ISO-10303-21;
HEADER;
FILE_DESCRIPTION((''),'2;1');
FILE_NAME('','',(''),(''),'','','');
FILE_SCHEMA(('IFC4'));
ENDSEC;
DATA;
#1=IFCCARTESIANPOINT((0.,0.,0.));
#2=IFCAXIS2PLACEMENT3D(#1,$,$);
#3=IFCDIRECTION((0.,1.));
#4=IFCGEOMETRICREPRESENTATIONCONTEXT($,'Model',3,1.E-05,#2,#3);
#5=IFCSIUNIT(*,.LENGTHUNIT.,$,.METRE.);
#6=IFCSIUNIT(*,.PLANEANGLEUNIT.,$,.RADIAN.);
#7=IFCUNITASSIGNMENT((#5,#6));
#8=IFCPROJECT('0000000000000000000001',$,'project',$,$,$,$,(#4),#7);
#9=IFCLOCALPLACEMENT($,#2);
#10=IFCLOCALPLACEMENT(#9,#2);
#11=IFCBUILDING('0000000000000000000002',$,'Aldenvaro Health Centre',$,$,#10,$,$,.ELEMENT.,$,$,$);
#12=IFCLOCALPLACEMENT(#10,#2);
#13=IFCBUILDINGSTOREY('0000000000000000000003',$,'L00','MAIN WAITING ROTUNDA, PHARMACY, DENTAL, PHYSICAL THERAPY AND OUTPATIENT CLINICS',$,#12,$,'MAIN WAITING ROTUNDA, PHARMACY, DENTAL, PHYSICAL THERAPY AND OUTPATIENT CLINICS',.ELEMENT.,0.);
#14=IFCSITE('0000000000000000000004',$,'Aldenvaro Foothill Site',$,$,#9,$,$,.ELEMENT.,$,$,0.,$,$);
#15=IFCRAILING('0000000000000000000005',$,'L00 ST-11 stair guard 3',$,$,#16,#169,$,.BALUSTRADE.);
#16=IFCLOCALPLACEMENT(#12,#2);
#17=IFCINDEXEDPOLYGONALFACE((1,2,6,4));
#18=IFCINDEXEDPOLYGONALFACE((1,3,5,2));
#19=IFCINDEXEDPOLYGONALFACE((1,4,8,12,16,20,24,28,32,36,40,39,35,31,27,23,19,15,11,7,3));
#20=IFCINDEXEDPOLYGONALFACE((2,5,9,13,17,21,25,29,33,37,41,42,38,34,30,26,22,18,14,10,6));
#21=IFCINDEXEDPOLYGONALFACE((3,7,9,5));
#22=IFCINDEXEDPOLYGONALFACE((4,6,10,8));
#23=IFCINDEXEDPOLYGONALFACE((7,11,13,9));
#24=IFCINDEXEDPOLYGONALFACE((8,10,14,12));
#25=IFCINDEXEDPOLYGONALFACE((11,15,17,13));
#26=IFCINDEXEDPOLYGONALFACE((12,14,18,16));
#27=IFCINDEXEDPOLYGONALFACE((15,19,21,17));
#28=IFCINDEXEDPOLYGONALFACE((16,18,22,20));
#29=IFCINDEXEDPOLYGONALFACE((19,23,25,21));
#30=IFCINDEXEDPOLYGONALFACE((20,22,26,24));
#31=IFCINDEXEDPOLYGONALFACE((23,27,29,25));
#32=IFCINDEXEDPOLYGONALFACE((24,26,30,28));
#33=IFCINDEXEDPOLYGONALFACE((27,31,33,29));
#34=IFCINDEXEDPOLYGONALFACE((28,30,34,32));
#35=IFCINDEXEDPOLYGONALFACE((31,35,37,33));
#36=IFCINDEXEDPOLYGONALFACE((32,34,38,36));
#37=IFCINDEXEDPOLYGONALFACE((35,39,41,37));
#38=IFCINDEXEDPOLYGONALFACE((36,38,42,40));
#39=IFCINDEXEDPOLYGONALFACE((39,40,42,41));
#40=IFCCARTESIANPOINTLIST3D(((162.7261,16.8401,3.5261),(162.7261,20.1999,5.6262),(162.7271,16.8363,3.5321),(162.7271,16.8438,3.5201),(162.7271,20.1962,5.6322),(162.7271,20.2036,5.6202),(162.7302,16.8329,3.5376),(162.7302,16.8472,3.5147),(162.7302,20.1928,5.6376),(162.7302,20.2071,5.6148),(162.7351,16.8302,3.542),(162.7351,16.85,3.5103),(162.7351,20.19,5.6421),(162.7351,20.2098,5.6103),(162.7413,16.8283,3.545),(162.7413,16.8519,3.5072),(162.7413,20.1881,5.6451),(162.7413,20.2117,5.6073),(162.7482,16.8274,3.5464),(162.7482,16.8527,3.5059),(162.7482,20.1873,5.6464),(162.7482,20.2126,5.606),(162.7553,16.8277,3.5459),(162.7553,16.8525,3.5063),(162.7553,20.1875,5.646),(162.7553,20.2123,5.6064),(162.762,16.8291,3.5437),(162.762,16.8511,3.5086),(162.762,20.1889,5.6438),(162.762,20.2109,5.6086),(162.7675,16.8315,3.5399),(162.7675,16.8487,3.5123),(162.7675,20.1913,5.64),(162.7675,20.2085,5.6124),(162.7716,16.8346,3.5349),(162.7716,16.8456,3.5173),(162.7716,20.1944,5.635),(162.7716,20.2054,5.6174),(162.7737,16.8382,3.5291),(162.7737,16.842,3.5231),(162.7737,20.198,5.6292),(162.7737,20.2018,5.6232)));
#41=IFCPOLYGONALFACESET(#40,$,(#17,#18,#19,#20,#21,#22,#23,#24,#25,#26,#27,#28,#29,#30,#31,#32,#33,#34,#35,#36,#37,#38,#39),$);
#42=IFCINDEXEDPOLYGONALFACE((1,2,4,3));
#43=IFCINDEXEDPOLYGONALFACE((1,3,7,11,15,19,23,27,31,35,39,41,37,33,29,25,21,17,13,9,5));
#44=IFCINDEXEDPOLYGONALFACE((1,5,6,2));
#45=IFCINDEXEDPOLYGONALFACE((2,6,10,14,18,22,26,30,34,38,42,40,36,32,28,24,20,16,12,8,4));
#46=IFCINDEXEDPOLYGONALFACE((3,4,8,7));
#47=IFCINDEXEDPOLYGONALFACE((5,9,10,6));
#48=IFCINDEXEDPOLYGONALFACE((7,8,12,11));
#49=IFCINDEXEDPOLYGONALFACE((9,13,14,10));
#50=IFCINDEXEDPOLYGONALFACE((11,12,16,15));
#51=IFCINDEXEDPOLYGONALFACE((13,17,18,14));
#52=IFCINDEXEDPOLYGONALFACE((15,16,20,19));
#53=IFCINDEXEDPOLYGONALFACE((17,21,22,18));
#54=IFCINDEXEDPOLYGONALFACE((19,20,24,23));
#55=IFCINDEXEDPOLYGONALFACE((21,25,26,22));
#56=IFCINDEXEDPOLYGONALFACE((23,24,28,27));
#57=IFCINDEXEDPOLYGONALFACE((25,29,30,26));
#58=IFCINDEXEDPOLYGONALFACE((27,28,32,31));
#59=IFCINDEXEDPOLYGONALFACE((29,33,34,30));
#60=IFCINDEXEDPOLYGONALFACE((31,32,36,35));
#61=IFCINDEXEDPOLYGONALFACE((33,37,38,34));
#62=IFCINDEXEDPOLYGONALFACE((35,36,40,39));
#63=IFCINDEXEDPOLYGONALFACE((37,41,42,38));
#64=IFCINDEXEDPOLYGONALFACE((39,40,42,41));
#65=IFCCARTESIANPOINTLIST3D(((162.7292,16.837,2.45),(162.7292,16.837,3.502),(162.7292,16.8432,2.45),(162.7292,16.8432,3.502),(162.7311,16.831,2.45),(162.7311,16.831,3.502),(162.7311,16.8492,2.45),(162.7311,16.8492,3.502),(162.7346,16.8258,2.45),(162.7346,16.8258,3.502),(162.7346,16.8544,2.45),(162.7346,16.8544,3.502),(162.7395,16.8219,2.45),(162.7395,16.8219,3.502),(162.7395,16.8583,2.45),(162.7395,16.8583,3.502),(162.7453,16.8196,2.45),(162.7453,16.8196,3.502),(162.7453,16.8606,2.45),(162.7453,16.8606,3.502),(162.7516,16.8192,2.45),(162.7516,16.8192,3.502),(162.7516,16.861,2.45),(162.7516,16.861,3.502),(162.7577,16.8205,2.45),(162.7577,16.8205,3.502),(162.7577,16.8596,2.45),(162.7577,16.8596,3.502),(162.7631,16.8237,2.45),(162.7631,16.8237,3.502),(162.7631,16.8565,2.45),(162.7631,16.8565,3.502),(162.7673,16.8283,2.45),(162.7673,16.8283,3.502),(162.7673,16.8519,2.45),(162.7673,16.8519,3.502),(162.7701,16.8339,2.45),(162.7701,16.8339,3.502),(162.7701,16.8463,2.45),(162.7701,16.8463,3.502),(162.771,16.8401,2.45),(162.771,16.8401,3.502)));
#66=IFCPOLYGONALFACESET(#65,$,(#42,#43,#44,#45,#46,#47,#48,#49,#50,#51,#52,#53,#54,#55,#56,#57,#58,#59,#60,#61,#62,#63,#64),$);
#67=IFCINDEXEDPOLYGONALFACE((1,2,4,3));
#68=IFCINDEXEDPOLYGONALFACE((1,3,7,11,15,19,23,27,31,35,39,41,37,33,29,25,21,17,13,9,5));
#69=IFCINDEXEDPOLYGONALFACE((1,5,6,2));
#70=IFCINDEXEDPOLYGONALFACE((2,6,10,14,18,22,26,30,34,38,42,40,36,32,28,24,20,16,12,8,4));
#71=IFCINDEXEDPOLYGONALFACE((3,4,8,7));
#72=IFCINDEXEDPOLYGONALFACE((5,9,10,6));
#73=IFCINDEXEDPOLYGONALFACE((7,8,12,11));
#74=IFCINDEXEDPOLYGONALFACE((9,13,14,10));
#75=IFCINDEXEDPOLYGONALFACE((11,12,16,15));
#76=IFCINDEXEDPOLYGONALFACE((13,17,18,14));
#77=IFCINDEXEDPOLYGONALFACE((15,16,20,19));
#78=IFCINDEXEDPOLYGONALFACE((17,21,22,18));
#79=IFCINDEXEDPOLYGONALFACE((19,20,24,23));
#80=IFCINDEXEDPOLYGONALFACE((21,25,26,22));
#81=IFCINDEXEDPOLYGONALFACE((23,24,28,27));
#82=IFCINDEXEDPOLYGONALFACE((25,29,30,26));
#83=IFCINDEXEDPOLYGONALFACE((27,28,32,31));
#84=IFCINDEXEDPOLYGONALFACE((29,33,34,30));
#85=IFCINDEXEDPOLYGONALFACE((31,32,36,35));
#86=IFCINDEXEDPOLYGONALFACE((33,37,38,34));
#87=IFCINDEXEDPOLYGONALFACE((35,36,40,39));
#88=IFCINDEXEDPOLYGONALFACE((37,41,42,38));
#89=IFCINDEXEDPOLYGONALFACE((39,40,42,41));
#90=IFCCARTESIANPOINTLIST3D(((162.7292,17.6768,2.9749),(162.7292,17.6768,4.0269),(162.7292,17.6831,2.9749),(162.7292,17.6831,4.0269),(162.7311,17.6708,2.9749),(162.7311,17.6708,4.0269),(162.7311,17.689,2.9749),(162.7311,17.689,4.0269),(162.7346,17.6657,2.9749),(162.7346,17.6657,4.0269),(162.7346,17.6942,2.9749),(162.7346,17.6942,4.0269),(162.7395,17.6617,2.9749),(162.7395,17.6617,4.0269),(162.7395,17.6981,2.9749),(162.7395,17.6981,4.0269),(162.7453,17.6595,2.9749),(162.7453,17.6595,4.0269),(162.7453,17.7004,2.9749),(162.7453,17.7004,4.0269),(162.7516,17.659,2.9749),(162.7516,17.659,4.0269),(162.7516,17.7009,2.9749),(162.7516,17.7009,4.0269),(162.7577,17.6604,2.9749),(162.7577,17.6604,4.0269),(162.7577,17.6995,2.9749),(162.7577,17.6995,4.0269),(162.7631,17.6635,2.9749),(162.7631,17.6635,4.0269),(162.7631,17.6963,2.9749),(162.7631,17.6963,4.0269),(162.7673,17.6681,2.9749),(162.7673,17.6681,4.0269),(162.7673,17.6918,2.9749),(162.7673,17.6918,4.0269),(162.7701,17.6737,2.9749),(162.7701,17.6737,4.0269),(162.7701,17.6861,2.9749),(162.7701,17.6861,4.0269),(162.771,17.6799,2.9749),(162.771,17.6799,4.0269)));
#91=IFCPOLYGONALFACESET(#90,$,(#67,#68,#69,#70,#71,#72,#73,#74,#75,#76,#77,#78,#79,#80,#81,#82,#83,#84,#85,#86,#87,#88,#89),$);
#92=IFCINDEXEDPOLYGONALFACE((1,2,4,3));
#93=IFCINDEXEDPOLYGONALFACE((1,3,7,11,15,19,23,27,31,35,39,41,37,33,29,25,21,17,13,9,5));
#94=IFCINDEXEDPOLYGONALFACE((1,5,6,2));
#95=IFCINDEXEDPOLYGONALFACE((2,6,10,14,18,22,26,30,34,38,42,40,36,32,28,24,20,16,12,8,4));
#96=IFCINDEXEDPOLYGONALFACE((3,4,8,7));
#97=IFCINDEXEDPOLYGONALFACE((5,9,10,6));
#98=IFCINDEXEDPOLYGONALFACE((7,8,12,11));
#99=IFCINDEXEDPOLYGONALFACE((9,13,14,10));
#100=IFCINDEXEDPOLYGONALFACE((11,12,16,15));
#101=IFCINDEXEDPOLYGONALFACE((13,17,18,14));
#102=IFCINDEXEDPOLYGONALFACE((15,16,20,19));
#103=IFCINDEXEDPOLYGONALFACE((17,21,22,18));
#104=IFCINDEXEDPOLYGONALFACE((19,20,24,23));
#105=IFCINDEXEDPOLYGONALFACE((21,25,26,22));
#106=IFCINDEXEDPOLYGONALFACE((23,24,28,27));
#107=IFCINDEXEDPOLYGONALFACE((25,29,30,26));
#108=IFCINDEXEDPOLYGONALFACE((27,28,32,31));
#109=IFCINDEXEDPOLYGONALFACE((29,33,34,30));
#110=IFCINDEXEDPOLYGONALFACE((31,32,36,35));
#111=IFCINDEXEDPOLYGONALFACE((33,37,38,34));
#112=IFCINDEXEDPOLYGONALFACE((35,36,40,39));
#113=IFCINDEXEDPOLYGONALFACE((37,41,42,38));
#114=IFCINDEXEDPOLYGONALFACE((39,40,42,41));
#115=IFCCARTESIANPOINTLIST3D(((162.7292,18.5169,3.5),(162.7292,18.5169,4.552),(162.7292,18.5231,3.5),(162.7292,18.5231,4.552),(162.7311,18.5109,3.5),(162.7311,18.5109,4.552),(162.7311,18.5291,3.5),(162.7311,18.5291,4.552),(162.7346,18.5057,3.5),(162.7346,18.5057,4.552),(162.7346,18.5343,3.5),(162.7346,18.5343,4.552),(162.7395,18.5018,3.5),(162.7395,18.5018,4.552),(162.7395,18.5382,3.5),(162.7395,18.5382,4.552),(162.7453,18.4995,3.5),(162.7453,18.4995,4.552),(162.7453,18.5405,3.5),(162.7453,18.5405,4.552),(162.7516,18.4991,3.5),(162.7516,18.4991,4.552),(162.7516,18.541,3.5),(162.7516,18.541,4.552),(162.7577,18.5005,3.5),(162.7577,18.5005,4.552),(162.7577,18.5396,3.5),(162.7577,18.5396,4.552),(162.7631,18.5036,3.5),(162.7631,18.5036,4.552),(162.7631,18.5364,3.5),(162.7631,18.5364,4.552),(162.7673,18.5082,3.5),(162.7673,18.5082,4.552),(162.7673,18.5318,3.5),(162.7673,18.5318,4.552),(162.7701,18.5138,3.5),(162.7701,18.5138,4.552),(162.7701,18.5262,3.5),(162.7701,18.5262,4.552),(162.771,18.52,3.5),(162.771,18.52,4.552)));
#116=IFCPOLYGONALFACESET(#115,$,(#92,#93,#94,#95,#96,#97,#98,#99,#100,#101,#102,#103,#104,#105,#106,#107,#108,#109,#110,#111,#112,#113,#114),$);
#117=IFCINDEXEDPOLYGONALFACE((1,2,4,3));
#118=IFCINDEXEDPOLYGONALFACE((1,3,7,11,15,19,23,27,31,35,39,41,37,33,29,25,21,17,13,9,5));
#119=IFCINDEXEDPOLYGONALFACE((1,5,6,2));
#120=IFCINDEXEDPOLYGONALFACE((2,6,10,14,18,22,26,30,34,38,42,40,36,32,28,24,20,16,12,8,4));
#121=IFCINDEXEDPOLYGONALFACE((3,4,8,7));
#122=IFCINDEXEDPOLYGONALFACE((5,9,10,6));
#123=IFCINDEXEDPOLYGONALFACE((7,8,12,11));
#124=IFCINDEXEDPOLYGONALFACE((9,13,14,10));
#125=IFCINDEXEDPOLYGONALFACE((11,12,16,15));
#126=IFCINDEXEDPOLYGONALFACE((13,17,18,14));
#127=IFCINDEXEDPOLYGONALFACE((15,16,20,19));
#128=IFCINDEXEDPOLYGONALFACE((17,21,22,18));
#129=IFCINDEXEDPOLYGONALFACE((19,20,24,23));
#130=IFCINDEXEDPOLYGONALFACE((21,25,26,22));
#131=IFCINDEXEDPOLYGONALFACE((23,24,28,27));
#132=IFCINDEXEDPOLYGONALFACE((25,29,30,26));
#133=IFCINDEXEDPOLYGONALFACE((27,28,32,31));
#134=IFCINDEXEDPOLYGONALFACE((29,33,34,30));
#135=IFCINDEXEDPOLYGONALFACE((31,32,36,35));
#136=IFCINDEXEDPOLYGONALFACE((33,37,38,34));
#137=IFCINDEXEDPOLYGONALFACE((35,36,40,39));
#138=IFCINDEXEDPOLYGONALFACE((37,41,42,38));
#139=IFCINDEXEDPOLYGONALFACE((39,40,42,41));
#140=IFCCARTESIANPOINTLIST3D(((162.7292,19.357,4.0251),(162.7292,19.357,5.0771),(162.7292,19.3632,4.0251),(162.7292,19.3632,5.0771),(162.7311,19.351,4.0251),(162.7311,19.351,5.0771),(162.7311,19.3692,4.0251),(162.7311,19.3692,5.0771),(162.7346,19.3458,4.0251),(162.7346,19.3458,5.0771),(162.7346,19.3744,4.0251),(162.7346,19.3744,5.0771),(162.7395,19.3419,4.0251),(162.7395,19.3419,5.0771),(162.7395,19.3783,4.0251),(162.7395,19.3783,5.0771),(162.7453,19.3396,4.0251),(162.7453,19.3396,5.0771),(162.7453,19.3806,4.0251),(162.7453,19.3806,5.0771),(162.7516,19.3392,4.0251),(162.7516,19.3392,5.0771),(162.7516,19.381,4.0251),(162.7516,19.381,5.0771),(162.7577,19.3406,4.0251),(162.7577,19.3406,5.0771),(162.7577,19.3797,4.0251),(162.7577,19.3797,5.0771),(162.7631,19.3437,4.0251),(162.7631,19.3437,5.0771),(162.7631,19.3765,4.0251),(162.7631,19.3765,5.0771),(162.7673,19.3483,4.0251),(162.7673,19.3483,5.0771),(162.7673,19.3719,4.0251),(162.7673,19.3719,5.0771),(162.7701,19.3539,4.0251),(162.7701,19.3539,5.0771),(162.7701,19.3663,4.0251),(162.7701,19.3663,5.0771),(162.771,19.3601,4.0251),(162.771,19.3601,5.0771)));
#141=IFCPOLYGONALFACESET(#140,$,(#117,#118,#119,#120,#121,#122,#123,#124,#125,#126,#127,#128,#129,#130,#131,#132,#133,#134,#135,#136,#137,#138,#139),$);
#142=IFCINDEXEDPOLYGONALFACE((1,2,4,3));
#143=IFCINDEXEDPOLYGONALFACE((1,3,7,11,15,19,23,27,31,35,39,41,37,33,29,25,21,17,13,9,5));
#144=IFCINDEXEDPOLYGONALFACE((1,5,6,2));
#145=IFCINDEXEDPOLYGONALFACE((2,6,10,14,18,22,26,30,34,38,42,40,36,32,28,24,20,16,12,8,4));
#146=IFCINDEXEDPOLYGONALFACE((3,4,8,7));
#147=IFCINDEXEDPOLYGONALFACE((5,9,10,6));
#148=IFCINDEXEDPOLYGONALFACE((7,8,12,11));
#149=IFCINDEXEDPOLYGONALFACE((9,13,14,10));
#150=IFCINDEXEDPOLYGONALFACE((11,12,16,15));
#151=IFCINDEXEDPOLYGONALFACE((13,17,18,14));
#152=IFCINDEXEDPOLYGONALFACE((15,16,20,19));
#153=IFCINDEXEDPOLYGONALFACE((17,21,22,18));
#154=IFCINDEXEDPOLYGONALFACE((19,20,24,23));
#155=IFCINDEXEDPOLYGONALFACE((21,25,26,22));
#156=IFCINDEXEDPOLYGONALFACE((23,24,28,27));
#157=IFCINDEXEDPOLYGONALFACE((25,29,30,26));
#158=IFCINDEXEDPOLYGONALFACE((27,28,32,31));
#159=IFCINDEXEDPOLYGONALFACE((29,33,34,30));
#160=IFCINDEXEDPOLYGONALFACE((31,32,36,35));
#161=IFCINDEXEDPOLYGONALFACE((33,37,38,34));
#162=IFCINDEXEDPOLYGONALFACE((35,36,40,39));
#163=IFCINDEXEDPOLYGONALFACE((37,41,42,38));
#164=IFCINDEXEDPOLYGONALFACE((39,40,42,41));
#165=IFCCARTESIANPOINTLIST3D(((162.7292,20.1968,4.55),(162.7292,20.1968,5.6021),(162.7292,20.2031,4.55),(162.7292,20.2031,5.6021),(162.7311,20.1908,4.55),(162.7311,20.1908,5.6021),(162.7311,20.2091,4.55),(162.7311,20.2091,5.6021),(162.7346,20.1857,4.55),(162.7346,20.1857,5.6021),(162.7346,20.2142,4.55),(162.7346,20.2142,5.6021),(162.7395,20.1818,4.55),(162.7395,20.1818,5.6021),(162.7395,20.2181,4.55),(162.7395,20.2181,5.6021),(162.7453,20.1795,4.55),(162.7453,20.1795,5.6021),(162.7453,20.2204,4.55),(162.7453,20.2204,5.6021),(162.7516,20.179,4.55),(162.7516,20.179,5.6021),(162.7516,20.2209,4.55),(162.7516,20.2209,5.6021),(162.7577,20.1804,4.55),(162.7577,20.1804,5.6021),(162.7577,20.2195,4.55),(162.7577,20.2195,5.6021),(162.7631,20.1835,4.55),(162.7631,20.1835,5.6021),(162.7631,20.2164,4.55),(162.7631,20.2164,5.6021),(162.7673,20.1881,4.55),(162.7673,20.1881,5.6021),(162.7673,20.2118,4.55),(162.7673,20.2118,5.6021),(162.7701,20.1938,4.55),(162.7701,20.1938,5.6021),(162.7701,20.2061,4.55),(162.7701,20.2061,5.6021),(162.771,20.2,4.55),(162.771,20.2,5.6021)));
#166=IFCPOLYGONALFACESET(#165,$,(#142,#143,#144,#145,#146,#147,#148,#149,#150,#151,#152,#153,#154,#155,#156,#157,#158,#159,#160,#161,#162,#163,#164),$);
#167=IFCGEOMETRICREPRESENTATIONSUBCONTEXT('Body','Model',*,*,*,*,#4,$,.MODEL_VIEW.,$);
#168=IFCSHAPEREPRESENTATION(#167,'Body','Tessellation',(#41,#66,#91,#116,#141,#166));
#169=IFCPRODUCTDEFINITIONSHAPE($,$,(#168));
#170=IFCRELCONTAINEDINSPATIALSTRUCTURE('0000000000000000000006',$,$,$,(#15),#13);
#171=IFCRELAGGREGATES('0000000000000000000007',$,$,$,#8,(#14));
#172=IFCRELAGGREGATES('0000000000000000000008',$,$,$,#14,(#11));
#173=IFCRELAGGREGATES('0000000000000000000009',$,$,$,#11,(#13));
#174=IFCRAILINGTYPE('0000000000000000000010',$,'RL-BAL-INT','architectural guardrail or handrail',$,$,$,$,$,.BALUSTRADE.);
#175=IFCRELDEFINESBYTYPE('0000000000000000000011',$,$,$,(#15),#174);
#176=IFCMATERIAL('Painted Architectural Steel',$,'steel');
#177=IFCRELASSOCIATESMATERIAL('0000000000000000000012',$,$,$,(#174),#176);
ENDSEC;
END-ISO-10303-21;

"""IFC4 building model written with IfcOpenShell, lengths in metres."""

from ifc_helpers import new_model, si_unit, direction, frame, origin, origin_2d, place, context, subcontext, project, spatial, circle, extrude, material, type_object, element, save


model = new_model("IFC4")

# Units and contexts
model_context = context("Model", 3, precision=1e-05, world=origin(), true_north=direction((0.0, 1.0)))
body_context = subcontext(model_context, "Body", "Model", "MODEL_VIEW")
ifc_project = project(units=[si_unit("LENGTHUNIT", "METRE"), si_unit("PLANEANGLEUNIT", "RADIAN")], contexts=[model_context])

# Site, building, storey
site_placement = place(None, origin())
site = spatial("IfcSite", under=ifc_project, at=site_placement, Name="Aldenvaro Foothill Site", CompositionType="ELEMENT", RefElevation=0.0)
building_placement = place(site_placement, origin())
building = spatial("IfcBuilding", under=site, at=building_placement, Name="Aldenvaro Health Centre", CompositionType="ELEMENT")
storey_placement = place(building_placement, origin())
storey = spatial("IfcBuildingStorey", under=building, at=storey_placement, Name="L00", Description="MAIN WAITING ROTUNDA, PHARMACY, DENTAL, PHYSICAL THERAPY AND OUTPATIENT CLINICS", LongName="MAIN WAITING ROTUNDA, PHARMACY, DENTAL, PHYSICAL THERAPY AND OUTPATIENT CLINICS", CompositionType="ELEMENT", Elevation=0.0)

# Railing
ifc_material_1 = material(Name="Painted Architectural Steel", Category="steel")
railing_type = type_object("IfcRailingType", Name="RL-BAL-INT", Description="architectural guardrail or handrail", PredefinedType="BALUSTRADE", material=ifc_material_1)
railing_1_placement = place(storey_placement, frame((162.75, 16.8401, 2.45)))
element("IfcRailing", 1, at=railing_1_placement, inside=storey, type_object=railing_type, Name="L00 ST-11 stair guard 3", PredefinedType="BALUSTRADE", context=body_context, shape_type="SweptSolid", body=[
    extrude(circle(Radius=0.0239, at=origin_2d()), frame((0.0, 0.0, 1.0762), z_axis=(0.0, 0.847978, 0.530032), x_axis=(-1.0, 0.0, 0.0)), (0.0, 0.0, 1.0), 3.9622),
    extrude(circle(Radius=0.021, at=origin_2d()), origin(), (0.0, 0.0, 1.0), 1.052),
    extrude(circle(Radius=0.021, at=origin_2d()), frame((0.0, 0.8398, 0.5249)), (0.0, 0.0, 1.0), 1.052),
    extrude(circle(Radius=0.021, at=origin_2d()), frame((0.0, 1.6799, 1.05)), (0.0, 0.0, 1.0), 1.052),
    extrude(circle(Radius=0.021, at=origin_2d()), frame((0.0, 2.52, 1.5752)), (0.0, 0.0, 1.0), 1.052),
    extrude(circle(Radius=0.021, at=origin_2d()), frame((0.0, 3.3599, 2.1001)), (0.0, 0.0, 1.0), 1.052),
])

save(model, "model.ifc")
